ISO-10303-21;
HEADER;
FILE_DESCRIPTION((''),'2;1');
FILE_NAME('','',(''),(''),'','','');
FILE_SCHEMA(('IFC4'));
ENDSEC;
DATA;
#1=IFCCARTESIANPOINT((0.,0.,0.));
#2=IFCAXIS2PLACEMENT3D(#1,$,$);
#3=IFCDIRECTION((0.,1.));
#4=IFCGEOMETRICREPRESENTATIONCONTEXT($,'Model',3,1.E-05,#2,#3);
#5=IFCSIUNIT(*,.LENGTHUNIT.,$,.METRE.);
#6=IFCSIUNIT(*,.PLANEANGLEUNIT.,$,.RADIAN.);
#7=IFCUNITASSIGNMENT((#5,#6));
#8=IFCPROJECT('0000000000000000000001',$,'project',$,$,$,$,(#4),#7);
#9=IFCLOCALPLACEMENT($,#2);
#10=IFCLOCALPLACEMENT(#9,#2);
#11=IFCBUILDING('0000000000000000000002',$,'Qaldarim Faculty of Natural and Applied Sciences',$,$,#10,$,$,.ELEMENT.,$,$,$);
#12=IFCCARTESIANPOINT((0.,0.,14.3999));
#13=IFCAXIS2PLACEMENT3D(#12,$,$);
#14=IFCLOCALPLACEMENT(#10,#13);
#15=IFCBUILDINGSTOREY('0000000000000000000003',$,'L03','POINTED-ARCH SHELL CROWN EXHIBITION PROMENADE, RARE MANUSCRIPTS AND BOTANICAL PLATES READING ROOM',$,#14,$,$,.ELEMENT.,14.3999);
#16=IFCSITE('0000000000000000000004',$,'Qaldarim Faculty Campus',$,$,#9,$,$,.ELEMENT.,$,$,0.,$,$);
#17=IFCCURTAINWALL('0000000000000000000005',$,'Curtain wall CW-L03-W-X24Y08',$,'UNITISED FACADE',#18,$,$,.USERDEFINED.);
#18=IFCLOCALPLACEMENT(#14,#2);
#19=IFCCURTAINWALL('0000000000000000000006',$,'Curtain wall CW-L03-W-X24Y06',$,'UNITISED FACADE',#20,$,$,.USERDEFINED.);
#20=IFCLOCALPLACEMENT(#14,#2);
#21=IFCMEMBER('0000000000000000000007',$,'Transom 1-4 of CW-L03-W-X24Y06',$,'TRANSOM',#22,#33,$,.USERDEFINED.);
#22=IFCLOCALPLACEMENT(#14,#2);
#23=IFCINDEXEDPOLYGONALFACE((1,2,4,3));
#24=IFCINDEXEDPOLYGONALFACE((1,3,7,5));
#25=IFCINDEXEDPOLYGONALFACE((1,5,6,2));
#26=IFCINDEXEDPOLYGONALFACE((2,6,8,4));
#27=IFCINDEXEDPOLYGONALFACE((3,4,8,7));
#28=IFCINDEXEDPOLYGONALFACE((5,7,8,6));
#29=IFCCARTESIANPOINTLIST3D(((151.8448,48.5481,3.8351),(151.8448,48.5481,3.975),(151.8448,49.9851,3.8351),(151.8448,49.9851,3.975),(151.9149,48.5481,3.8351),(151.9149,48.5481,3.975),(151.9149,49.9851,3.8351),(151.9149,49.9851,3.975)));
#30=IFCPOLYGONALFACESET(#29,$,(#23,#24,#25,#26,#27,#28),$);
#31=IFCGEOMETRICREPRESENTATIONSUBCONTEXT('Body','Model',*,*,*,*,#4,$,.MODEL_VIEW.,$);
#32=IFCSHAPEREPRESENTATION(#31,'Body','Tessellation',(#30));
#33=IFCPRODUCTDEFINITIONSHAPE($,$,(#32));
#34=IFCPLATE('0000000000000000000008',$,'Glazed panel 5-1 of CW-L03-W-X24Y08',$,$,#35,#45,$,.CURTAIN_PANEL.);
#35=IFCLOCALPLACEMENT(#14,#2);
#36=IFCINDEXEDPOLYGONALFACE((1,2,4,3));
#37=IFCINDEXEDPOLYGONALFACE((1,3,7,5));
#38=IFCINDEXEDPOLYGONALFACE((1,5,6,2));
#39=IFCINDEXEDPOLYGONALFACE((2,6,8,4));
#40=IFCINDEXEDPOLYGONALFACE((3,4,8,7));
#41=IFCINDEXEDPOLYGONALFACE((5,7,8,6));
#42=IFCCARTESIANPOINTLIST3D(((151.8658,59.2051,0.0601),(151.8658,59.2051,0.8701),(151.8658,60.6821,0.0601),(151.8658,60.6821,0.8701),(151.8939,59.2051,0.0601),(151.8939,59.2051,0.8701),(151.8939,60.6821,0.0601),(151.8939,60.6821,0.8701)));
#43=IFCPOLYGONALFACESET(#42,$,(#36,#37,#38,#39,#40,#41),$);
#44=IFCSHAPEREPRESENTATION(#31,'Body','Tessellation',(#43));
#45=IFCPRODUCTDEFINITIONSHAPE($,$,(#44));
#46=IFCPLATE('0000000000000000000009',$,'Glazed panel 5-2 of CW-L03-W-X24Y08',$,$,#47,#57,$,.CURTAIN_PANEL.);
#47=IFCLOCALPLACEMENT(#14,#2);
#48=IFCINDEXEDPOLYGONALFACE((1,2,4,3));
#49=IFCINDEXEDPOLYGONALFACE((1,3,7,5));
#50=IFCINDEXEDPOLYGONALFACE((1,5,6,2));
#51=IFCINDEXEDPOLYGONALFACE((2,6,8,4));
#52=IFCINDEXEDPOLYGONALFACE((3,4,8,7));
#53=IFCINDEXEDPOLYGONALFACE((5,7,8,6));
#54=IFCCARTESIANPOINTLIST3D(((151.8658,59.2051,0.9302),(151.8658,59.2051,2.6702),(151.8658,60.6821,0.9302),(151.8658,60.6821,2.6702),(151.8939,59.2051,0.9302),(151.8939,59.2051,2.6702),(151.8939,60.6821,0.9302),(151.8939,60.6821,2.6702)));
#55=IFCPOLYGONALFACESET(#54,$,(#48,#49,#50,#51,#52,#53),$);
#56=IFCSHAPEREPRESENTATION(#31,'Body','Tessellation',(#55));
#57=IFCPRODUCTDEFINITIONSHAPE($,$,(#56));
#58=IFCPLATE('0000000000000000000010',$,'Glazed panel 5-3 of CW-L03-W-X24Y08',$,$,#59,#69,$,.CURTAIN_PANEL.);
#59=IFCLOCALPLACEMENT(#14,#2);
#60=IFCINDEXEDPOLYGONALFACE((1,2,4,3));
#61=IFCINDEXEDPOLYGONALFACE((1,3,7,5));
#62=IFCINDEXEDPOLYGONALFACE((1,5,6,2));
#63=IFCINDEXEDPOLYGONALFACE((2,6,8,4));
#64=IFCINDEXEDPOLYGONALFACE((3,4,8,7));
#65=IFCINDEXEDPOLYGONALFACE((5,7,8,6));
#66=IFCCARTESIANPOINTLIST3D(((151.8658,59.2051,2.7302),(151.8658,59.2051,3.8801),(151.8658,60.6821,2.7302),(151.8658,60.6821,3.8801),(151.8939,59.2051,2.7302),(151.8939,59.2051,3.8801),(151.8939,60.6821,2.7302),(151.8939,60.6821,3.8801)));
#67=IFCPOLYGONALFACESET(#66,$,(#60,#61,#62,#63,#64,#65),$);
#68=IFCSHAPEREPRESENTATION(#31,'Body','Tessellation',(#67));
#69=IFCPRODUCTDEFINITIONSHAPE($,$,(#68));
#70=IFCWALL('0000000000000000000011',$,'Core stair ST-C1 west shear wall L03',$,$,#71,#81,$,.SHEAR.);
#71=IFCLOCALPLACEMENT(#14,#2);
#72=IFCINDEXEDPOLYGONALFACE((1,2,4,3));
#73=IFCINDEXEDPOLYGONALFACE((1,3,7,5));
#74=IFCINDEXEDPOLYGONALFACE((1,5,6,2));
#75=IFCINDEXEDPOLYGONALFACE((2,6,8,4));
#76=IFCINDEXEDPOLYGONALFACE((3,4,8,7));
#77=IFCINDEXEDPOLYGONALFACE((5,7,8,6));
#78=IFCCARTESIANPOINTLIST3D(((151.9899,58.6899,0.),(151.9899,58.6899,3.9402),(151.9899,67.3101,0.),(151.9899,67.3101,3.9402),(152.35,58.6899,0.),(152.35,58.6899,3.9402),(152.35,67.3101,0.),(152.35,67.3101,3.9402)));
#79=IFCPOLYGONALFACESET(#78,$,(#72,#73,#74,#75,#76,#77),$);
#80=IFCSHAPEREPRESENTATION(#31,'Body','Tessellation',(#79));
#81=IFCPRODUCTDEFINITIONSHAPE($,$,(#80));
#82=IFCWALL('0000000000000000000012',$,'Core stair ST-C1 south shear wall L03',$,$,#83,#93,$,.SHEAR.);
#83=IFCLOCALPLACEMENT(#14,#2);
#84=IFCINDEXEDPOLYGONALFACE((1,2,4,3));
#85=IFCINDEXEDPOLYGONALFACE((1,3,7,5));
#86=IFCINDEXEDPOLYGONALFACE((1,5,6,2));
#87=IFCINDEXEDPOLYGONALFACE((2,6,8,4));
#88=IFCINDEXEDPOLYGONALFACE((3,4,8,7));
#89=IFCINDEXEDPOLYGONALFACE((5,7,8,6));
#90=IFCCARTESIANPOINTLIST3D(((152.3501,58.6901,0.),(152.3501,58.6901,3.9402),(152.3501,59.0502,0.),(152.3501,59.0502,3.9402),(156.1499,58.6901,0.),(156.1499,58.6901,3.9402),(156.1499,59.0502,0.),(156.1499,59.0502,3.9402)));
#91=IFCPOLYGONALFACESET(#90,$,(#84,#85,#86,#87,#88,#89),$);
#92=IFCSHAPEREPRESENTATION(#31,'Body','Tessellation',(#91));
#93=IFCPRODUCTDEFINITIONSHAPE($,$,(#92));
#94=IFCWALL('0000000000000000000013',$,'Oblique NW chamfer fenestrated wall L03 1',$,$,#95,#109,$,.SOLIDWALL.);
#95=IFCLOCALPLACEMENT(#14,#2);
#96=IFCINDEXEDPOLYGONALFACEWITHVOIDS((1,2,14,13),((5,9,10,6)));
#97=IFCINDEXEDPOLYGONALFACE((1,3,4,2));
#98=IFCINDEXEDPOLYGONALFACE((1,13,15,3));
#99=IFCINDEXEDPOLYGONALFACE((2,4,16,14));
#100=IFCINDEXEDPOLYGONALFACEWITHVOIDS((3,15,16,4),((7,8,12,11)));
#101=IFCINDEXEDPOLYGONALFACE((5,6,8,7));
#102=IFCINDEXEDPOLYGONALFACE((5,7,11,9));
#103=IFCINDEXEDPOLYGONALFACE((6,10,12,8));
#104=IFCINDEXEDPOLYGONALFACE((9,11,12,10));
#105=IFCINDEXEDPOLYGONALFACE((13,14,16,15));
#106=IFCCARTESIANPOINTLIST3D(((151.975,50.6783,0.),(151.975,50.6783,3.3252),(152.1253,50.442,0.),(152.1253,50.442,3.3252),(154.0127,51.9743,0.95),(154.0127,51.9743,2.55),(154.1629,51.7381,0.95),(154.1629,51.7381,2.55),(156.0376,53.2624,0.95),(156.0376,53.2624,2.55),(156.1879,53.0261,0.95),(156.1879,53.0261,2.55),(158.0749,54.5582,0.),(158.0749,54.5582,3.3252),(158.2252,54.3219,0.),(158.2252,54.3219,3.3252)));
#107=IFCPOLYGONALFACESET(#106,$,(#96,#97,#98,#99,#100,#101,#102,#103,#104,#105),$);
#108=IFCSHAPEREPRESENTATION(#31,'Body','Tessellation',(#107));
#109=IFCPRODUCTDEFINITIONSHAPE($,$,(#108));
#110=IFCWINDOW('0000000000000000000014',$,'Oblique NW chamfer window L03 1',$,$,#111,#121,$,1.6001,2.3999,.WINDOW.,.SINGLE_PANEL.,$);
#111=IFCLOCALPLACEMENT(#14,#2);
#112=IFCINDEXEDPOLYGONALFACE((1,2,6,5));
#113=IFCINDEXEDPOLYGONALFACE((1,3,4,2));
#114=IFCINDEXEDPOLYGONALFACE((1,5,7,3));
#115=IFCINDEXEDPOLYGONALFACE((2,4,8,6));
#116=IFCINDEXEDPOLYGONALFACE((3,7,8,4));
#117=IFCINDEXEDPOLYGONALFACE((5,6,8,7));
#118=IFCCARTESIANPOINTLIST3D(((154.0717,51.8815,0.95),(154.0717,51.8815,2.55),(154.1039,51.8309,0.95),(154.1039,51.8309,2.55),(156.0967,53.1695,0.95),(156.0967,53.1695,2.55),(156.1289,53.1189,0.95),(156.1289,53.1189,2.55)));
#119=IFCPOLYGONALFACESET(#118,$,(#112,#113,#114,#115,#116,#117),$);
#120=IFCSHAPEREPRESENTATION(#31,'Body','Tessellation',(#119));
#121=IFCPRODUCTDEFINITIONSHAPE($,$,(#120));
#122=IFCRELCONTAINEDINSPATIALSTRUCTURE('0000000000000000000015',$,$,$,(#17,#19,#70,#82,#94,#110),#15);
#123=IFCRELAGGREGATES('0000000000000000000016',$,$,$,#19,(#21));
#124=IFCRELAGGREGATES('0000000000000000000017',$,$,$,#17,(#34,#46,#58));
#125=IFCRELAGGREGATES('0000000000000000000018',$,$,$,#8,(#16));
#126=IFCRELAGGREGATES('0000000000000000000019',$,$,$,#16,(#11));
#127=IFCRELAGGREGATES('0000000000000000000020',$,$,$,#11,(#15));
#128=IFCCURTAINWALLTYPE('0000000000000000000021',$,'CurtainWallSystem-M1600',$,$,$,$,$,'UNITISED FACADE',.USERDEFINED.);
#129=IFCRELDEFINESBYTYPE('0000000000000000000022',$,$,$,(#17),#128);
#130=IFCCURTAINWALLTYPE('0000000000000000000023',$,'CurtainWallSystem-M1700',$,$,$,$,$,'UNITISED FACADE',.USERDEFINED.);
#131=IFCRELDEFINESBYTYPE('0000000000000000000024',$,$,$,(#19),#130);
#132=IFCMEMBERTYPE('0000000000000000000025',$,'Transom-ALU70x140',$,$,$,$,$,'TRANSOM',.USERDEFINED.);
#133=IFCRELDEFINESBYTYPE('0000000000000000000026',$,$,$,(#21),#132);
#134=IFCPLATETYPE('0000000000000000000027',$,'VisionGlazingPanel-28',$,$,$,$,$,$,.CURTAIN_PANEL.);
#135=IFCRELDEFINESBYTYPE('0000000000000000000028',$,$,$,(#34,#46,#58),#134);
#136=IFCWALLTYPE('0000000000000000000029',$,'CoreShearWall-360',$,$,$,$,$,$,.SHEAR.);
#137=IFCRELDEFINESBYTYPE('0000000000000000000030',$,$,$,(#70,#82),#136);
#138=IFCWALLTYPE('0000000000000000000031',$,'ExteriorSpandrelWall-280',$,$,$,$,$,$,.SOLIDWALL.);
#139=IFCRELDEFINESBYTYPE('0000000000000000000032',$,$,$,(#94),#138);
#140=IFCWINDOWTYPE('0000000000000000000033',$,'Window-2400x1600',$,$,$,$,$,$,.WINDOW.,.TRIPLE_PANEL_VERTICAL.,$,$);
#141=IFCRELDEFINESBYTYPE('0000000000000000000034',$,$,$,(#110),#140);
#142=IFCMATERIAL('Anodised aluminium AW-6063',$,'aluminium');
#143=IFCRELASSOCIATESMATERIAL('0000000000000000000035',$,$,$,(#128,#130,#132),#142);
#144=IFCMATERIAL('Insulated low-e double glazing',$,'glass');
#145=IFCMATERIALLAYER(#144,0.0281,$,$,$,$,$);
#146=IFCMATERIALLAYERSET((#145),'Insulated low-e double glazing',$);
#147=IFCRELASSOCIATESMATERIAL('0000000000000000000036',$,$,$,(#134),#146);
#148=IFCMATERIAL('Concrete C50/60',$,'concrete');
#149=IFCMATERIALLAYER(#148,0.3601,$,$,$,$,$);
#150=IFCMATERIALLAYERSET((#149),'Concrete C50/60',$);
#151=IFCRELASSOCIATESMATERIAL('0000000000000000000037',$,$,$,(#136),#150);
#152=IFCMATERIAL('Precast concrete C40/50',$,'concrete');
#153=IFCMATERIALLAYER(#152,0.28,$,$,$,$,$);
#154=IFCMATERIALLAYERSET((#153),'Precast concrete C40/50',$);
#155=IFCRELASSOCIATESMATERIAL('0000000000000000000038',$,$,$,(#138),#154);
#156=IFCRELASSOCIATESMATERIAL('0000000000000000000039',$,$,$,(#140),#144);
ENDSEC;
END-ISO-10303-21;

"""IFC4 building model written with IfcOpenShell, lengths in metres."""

from ifc_helpers import new_model, si_unit, direction, frame, frame_2d, origin, origin_2d, place, context, subcontext, project, spatial, rectangle, extrude, material, layer, layer_set, material_profile, profile_set, type_object, element, fill, aggregate, save


model = new_model("IFC4")

# Units and contexts
model_context = context("Model", 3, precision=1e-05, world=origin(), true_north=direction((0.0, 1.0)))
body_context = subcontext(model_context, "Body", "Model", "MODEL_VIEW")
ifc_project = project(units=[si_unit("LENGTHUNIT", "METRE"), si_unit("PLANEANGLEUNIT", "RADIAN")], contexts=[model_context])

# Site, building, storey
site_placement = place(None, origin())
site = spatial("IfcSite", under=ifc_project, at=site_placement, Name="Qaldarim Faculty Campus", CompositionType="ELEMENT", RefElevation=0.0)
building_placement = place(site_placement, origin())
building = spatial("IfcBuilding", under=site, at=building_placement, Name="Qaldarim Faculty of Natural and Applied Sciences", CompositionType="ELEMENT")
storey_placement = place(building_placement, frame((0.0, 0.0, 14.3999)))
storey = spatial("IfcBuildingStorey", under=building, at=storey_placement, Name="L03", Description="POINTED-ARCH SHELL CROWN EXHIBITION PROMENADE, RARE MANUSCRIPTS AND BOTANICAL PLATES READING ROOM", CompositionType="ELEMENT", Elevation=14.3999)

# Shared definitions
ifc_material_1 = material(Name="Concrete C50/60", Category="concrete")

# Curtain walls
ifc_material_2 = material(Name="Anodised aluminium AW-6063", Category="aluminium")
curtain_wall_type_1 = type_object("IfcCurtainWallType", Name="CurtainWallSystem-M1600", ElementType="UNITISED FACADE", PredefinedType="USERDEFINED", material=ifc_material_2)
curtain_wall_1_placement = place(storey_placement, origin())
curtain_wall_1 = element("IfcCurtainWall", 1, at=curtain_wall_1_placement, inside=storey, type_object=curtain_wall_type_1, Name="Curtain wall CW-L03-W-X24Y08", ObjectType="UNITISED FACADE", PredefinedType="USERDEFINED")
curtain_wall_type_2 = type_object("IfcCurtainWallType", Name="CurtainWallSystem-M1700", ElementType="UNITISED FACADE", PredefinedType="USERDEFINED", material=ifc_material_2)
curtain_wall_2_placement = place(storey_placement, origin())
curtain_wall_2 = element("IfcCurtainWall", 2, at=curtain_wall_2_placement, inside=storey, type_object=curtain_wall_type_2, Name="Curtain wall CW-L03-W-X24Y06", ObjectType="UNITISED FACADE", PredefinedType="USERDEFINED")

# Shared definitions
ifc_material_3 = material(Name="Precast concrete C40/50", Category="concrete")

# Member
ifc_material_profile_1 = material_profile(ifc_material_2, rectangle(XDim=0.0701, YDim=0.1399, at=origin_2d()), Name="ALU-T70x140")
ifc_profile_set_1 = profile_set([ifc_material_profile_1], Name="Anodised aluminium AW-6063")
member_type_1 = type_object("IfcMemberType", Name="Transom-ALU70x140", ElementType="TRANSOM", PredefinedType="USERDEFINED", material=ifc_profile_set_1)
member_1_placement = place(storey_placement, frame((151.8799, 49.9851, 3.905), z_axis=(0.0, -1.0, 0.0), x_axis=(1.0, 0.0, 0.0)))
member_1 = element("IfcMember", 3, at=member_1_placement, type_object=member_type_1, Name="Transom 1-4 of CW-L03-W-X24Y06", ObjectType="TRANSOM", PredefinedType="USERDEFINED", context=body_context, shape_type="SweptSolid", body=[
    extrude(rectangle(XDim=0.0701, YDim=0.1399, at=origin_2d()), origin(), (0.0, 0.0, 1.0), 1.437),
])
aggregate(curtain_wall_2, [member_1])

# Plates
ifc_material_4 = material(Name="Insulated low-e double glazing", Category="glass")
ifc_layer_1 = layer(ifc_material_4, 0.0281)
ifc_layer_set_1 = layer_set([ifc_layer_1], Name="Insulated low-e double glazing")
plate_type = type_object("IfcPlateType", Name="VisionGlazingPanel-28", PredefinedType="CURTAIN_PANEL", material=ifc_layer_set_1)
plate_1_placement = place(storey_placement, frame((151.8799, 59.9436, 0.0601), z_axis=(0.0, 0.0, 1.0), x_axis=(0.0, -1.0, 0.0)))
plate_1 = element("IfcPlate", 4, at=plate_1_placement, type_object=plate_type, Name="Glazed panel 5-1 of CW-L03-W-X24Y08", PredefinedType="CURTAIN_PANEL", context=body_context, shape_type="SweptSolid", body=[
    extrude(rectangle(XDim=1.4771, YDim=0.0281, at=origin_2d()), origin(), (0.0, 0.0, 1.0), 0.8101),
])
plate_2_placement = place(storey_placement, frame((151.8799, 59.9436, 0.9302), z_axis=(0.0, 0.0, 1.0), x_axis=(0.0, -1.0, 0.0)))
plate_2 = element("IfcPlate", 5, at=plate_2_placement, type_object=plate_type, Name="Glazed panel 5-2 of CW-L03-W-X24Y08", PredefinedType="CURTAIN_PANEL", context=body_context, shape_type="SweptSolid", body=[
    extrude(rectangle(XDim=1.4771, YDim=0.0281, at=origin_2d()), origin(), (0.0, 0.0, 1.0), 1.74),
])
plate_3_placement = place(storey_placement, frame((151.8799, 59.9436, 2.7302), z_axis=(0.0, 0.0, 1.0), x_axis=(0.0, -1.0, 0.0)))
plate_3 = element("IfcPlate", 6, at=plate_3_placement, type_object=plate_type, Name="Glazed panel 5-3 of CW-L03-W-X24Y08", PredefinedType="CURTAIN_PANEL", context=body_context, shape_type="SweptSolid", body=[
    extrude(rectangle(XDim=1.4771, YDim=0.0281, at=origin_2d()), origin(), (0.0, 0.0, 1.0), 1.1499),
])
aggregate(curtain_wall_1, [plate_1, plate_2, plate_3])

# Walls
ifc_layer_2 = layer(ifc_material_1, 0.3601)
ifc_layer_set_2 = layer_set([ifc_layer_2], Name="Concrete C50/60")
wall_type_1 = type_object("IfcWallType", Name="CoreShearWall-360", PredefinedType="SHEAR", material=ifc_layer_set_2)
wall_1_placement = place(storey_placement, frame((152.1699, 58.6899, 0.0), z_axis=(0.0, 0.0, 1.0), x_axis=(0.0, 1.0, 0.0)))
element("IfcWall", 7, at=wall_1_placement, inside=storey, type_object=wall_type_1, Name="Core stair ST-C1 west shear wall L03", PredefinedType="SHEAR", context=body_context, shape_type="SweptSolid", body=[
    extrude(rectangle(XDim=8.6201, YDim=0.3601, at=frame_2d((4.3101, 0.0))), origin(), (0.0, 0.0, 1.0), 3.9402),
])
wall_2_placement = place(storey_placement, frame((152.3501, 58.8701, 0.0), z_axis=(0.0, 0.0, 1.0), x_axis=(1.0, 0.0, 0.0)))
element("IfcWall", 8, at=wall_2_placement, inside=storey, type_object=wall_type_1, Name="Core stair ST-C1 south shear wall L03", PredefinedType="SHEAR", context=body_context, shape_type="SweptSolid", body=[
    extrude(rectangle(XDim=3.7998, YDim=0.3601, at=frame_2d((1.8999, 0.0))), origin(), (0.0, 0.0, 1.0), 3.9402),
])

# Wall, opening, window
ifc_layer_3 = layer(ifc_material_3, 0.28)
ifc_layer_set_3 = layer_set([ifc_layer_3], Name="Precast concrete C40/50")
wall_type_2 = type_object("IfcWallType", Name="ExteriorSpandrelWall-280", PredefinedType="SOLIDWALL", material=ifc_layer_set_3)
wall_3_placement = place(storey_placement, frame((152.05, 50.5601, 0.0), z_axis=(0.0, 0.0, 1.0), x_axis=(0.843777, 0.536694, 0.0)))
wall_3 = element("IfcWall", 9, at=wall_3_placement, inside=storey, type_object=wall_type_2, Name="Oblique NW chamfer fenestrated wall L03 1", PredefinedType="SOLIDWALL", context=body_context, shape_type="SweptSolid", body=[
    extrude(rectangle(XDim=7.2292, YDim=0.28, at=frame_2d((3.6147, 0.0))), origin(), (0.0, 0.0, 1.0), 3.3252),
])
opening_placement = place(wall_3_placement, frame((2.415, 0.0, 0.95)))
opening = element("IfcOpeningElement", 10, at=opening_placement, cuts=wall_3, PredefinedType="OPENING", context=body_context, shape_type="SweptSolid", body=[
    extrude(rectangle(XDim=2.3999, YDim=1.6001, at=frame_2d((1.2, 0.8))), frame((0.0, 0.1499, 0.0), z_axis=(0.0, -1.0, 0.0), x_axis=(1.0, 0.0, 0.0)), (0.0, 0.0, 1.0), 0.3),
])
window_type = type_object("IfcWindowType", Name="Window-2400x1600", PartitioningType="TRIPLE_PANEL_VERTICAL", PredefinedType="WINDOW", material=ifc_material_4)
window_placement = place(opening_placement, origin())
window = element("IfcWindow", 11, at=window_placement, inside=storey, type_object=window_type, Name="Oblique NW chamfer window L03 1", OverallHeight=1.6001, OverallWidth=2.3999, PartitioningType="SINGLE_PANEL", PredefinedType="WINDOW", context=body_context, shape_type="SweptSolid", body=[
    extrude(rectangle(XDim=2.3999, YDim=1.6001, at=frame_2d((1.2, 0.8))), frame((0.0, 0.03, 0.0), z_axis=(0.0, -1.0, 0.0), x_axis=(1.0, 0.0, 0.0)), (0.0, 0.0, 1.0), 0.0601),
])
fill(opening, window)

save(model, "model.ifc")
